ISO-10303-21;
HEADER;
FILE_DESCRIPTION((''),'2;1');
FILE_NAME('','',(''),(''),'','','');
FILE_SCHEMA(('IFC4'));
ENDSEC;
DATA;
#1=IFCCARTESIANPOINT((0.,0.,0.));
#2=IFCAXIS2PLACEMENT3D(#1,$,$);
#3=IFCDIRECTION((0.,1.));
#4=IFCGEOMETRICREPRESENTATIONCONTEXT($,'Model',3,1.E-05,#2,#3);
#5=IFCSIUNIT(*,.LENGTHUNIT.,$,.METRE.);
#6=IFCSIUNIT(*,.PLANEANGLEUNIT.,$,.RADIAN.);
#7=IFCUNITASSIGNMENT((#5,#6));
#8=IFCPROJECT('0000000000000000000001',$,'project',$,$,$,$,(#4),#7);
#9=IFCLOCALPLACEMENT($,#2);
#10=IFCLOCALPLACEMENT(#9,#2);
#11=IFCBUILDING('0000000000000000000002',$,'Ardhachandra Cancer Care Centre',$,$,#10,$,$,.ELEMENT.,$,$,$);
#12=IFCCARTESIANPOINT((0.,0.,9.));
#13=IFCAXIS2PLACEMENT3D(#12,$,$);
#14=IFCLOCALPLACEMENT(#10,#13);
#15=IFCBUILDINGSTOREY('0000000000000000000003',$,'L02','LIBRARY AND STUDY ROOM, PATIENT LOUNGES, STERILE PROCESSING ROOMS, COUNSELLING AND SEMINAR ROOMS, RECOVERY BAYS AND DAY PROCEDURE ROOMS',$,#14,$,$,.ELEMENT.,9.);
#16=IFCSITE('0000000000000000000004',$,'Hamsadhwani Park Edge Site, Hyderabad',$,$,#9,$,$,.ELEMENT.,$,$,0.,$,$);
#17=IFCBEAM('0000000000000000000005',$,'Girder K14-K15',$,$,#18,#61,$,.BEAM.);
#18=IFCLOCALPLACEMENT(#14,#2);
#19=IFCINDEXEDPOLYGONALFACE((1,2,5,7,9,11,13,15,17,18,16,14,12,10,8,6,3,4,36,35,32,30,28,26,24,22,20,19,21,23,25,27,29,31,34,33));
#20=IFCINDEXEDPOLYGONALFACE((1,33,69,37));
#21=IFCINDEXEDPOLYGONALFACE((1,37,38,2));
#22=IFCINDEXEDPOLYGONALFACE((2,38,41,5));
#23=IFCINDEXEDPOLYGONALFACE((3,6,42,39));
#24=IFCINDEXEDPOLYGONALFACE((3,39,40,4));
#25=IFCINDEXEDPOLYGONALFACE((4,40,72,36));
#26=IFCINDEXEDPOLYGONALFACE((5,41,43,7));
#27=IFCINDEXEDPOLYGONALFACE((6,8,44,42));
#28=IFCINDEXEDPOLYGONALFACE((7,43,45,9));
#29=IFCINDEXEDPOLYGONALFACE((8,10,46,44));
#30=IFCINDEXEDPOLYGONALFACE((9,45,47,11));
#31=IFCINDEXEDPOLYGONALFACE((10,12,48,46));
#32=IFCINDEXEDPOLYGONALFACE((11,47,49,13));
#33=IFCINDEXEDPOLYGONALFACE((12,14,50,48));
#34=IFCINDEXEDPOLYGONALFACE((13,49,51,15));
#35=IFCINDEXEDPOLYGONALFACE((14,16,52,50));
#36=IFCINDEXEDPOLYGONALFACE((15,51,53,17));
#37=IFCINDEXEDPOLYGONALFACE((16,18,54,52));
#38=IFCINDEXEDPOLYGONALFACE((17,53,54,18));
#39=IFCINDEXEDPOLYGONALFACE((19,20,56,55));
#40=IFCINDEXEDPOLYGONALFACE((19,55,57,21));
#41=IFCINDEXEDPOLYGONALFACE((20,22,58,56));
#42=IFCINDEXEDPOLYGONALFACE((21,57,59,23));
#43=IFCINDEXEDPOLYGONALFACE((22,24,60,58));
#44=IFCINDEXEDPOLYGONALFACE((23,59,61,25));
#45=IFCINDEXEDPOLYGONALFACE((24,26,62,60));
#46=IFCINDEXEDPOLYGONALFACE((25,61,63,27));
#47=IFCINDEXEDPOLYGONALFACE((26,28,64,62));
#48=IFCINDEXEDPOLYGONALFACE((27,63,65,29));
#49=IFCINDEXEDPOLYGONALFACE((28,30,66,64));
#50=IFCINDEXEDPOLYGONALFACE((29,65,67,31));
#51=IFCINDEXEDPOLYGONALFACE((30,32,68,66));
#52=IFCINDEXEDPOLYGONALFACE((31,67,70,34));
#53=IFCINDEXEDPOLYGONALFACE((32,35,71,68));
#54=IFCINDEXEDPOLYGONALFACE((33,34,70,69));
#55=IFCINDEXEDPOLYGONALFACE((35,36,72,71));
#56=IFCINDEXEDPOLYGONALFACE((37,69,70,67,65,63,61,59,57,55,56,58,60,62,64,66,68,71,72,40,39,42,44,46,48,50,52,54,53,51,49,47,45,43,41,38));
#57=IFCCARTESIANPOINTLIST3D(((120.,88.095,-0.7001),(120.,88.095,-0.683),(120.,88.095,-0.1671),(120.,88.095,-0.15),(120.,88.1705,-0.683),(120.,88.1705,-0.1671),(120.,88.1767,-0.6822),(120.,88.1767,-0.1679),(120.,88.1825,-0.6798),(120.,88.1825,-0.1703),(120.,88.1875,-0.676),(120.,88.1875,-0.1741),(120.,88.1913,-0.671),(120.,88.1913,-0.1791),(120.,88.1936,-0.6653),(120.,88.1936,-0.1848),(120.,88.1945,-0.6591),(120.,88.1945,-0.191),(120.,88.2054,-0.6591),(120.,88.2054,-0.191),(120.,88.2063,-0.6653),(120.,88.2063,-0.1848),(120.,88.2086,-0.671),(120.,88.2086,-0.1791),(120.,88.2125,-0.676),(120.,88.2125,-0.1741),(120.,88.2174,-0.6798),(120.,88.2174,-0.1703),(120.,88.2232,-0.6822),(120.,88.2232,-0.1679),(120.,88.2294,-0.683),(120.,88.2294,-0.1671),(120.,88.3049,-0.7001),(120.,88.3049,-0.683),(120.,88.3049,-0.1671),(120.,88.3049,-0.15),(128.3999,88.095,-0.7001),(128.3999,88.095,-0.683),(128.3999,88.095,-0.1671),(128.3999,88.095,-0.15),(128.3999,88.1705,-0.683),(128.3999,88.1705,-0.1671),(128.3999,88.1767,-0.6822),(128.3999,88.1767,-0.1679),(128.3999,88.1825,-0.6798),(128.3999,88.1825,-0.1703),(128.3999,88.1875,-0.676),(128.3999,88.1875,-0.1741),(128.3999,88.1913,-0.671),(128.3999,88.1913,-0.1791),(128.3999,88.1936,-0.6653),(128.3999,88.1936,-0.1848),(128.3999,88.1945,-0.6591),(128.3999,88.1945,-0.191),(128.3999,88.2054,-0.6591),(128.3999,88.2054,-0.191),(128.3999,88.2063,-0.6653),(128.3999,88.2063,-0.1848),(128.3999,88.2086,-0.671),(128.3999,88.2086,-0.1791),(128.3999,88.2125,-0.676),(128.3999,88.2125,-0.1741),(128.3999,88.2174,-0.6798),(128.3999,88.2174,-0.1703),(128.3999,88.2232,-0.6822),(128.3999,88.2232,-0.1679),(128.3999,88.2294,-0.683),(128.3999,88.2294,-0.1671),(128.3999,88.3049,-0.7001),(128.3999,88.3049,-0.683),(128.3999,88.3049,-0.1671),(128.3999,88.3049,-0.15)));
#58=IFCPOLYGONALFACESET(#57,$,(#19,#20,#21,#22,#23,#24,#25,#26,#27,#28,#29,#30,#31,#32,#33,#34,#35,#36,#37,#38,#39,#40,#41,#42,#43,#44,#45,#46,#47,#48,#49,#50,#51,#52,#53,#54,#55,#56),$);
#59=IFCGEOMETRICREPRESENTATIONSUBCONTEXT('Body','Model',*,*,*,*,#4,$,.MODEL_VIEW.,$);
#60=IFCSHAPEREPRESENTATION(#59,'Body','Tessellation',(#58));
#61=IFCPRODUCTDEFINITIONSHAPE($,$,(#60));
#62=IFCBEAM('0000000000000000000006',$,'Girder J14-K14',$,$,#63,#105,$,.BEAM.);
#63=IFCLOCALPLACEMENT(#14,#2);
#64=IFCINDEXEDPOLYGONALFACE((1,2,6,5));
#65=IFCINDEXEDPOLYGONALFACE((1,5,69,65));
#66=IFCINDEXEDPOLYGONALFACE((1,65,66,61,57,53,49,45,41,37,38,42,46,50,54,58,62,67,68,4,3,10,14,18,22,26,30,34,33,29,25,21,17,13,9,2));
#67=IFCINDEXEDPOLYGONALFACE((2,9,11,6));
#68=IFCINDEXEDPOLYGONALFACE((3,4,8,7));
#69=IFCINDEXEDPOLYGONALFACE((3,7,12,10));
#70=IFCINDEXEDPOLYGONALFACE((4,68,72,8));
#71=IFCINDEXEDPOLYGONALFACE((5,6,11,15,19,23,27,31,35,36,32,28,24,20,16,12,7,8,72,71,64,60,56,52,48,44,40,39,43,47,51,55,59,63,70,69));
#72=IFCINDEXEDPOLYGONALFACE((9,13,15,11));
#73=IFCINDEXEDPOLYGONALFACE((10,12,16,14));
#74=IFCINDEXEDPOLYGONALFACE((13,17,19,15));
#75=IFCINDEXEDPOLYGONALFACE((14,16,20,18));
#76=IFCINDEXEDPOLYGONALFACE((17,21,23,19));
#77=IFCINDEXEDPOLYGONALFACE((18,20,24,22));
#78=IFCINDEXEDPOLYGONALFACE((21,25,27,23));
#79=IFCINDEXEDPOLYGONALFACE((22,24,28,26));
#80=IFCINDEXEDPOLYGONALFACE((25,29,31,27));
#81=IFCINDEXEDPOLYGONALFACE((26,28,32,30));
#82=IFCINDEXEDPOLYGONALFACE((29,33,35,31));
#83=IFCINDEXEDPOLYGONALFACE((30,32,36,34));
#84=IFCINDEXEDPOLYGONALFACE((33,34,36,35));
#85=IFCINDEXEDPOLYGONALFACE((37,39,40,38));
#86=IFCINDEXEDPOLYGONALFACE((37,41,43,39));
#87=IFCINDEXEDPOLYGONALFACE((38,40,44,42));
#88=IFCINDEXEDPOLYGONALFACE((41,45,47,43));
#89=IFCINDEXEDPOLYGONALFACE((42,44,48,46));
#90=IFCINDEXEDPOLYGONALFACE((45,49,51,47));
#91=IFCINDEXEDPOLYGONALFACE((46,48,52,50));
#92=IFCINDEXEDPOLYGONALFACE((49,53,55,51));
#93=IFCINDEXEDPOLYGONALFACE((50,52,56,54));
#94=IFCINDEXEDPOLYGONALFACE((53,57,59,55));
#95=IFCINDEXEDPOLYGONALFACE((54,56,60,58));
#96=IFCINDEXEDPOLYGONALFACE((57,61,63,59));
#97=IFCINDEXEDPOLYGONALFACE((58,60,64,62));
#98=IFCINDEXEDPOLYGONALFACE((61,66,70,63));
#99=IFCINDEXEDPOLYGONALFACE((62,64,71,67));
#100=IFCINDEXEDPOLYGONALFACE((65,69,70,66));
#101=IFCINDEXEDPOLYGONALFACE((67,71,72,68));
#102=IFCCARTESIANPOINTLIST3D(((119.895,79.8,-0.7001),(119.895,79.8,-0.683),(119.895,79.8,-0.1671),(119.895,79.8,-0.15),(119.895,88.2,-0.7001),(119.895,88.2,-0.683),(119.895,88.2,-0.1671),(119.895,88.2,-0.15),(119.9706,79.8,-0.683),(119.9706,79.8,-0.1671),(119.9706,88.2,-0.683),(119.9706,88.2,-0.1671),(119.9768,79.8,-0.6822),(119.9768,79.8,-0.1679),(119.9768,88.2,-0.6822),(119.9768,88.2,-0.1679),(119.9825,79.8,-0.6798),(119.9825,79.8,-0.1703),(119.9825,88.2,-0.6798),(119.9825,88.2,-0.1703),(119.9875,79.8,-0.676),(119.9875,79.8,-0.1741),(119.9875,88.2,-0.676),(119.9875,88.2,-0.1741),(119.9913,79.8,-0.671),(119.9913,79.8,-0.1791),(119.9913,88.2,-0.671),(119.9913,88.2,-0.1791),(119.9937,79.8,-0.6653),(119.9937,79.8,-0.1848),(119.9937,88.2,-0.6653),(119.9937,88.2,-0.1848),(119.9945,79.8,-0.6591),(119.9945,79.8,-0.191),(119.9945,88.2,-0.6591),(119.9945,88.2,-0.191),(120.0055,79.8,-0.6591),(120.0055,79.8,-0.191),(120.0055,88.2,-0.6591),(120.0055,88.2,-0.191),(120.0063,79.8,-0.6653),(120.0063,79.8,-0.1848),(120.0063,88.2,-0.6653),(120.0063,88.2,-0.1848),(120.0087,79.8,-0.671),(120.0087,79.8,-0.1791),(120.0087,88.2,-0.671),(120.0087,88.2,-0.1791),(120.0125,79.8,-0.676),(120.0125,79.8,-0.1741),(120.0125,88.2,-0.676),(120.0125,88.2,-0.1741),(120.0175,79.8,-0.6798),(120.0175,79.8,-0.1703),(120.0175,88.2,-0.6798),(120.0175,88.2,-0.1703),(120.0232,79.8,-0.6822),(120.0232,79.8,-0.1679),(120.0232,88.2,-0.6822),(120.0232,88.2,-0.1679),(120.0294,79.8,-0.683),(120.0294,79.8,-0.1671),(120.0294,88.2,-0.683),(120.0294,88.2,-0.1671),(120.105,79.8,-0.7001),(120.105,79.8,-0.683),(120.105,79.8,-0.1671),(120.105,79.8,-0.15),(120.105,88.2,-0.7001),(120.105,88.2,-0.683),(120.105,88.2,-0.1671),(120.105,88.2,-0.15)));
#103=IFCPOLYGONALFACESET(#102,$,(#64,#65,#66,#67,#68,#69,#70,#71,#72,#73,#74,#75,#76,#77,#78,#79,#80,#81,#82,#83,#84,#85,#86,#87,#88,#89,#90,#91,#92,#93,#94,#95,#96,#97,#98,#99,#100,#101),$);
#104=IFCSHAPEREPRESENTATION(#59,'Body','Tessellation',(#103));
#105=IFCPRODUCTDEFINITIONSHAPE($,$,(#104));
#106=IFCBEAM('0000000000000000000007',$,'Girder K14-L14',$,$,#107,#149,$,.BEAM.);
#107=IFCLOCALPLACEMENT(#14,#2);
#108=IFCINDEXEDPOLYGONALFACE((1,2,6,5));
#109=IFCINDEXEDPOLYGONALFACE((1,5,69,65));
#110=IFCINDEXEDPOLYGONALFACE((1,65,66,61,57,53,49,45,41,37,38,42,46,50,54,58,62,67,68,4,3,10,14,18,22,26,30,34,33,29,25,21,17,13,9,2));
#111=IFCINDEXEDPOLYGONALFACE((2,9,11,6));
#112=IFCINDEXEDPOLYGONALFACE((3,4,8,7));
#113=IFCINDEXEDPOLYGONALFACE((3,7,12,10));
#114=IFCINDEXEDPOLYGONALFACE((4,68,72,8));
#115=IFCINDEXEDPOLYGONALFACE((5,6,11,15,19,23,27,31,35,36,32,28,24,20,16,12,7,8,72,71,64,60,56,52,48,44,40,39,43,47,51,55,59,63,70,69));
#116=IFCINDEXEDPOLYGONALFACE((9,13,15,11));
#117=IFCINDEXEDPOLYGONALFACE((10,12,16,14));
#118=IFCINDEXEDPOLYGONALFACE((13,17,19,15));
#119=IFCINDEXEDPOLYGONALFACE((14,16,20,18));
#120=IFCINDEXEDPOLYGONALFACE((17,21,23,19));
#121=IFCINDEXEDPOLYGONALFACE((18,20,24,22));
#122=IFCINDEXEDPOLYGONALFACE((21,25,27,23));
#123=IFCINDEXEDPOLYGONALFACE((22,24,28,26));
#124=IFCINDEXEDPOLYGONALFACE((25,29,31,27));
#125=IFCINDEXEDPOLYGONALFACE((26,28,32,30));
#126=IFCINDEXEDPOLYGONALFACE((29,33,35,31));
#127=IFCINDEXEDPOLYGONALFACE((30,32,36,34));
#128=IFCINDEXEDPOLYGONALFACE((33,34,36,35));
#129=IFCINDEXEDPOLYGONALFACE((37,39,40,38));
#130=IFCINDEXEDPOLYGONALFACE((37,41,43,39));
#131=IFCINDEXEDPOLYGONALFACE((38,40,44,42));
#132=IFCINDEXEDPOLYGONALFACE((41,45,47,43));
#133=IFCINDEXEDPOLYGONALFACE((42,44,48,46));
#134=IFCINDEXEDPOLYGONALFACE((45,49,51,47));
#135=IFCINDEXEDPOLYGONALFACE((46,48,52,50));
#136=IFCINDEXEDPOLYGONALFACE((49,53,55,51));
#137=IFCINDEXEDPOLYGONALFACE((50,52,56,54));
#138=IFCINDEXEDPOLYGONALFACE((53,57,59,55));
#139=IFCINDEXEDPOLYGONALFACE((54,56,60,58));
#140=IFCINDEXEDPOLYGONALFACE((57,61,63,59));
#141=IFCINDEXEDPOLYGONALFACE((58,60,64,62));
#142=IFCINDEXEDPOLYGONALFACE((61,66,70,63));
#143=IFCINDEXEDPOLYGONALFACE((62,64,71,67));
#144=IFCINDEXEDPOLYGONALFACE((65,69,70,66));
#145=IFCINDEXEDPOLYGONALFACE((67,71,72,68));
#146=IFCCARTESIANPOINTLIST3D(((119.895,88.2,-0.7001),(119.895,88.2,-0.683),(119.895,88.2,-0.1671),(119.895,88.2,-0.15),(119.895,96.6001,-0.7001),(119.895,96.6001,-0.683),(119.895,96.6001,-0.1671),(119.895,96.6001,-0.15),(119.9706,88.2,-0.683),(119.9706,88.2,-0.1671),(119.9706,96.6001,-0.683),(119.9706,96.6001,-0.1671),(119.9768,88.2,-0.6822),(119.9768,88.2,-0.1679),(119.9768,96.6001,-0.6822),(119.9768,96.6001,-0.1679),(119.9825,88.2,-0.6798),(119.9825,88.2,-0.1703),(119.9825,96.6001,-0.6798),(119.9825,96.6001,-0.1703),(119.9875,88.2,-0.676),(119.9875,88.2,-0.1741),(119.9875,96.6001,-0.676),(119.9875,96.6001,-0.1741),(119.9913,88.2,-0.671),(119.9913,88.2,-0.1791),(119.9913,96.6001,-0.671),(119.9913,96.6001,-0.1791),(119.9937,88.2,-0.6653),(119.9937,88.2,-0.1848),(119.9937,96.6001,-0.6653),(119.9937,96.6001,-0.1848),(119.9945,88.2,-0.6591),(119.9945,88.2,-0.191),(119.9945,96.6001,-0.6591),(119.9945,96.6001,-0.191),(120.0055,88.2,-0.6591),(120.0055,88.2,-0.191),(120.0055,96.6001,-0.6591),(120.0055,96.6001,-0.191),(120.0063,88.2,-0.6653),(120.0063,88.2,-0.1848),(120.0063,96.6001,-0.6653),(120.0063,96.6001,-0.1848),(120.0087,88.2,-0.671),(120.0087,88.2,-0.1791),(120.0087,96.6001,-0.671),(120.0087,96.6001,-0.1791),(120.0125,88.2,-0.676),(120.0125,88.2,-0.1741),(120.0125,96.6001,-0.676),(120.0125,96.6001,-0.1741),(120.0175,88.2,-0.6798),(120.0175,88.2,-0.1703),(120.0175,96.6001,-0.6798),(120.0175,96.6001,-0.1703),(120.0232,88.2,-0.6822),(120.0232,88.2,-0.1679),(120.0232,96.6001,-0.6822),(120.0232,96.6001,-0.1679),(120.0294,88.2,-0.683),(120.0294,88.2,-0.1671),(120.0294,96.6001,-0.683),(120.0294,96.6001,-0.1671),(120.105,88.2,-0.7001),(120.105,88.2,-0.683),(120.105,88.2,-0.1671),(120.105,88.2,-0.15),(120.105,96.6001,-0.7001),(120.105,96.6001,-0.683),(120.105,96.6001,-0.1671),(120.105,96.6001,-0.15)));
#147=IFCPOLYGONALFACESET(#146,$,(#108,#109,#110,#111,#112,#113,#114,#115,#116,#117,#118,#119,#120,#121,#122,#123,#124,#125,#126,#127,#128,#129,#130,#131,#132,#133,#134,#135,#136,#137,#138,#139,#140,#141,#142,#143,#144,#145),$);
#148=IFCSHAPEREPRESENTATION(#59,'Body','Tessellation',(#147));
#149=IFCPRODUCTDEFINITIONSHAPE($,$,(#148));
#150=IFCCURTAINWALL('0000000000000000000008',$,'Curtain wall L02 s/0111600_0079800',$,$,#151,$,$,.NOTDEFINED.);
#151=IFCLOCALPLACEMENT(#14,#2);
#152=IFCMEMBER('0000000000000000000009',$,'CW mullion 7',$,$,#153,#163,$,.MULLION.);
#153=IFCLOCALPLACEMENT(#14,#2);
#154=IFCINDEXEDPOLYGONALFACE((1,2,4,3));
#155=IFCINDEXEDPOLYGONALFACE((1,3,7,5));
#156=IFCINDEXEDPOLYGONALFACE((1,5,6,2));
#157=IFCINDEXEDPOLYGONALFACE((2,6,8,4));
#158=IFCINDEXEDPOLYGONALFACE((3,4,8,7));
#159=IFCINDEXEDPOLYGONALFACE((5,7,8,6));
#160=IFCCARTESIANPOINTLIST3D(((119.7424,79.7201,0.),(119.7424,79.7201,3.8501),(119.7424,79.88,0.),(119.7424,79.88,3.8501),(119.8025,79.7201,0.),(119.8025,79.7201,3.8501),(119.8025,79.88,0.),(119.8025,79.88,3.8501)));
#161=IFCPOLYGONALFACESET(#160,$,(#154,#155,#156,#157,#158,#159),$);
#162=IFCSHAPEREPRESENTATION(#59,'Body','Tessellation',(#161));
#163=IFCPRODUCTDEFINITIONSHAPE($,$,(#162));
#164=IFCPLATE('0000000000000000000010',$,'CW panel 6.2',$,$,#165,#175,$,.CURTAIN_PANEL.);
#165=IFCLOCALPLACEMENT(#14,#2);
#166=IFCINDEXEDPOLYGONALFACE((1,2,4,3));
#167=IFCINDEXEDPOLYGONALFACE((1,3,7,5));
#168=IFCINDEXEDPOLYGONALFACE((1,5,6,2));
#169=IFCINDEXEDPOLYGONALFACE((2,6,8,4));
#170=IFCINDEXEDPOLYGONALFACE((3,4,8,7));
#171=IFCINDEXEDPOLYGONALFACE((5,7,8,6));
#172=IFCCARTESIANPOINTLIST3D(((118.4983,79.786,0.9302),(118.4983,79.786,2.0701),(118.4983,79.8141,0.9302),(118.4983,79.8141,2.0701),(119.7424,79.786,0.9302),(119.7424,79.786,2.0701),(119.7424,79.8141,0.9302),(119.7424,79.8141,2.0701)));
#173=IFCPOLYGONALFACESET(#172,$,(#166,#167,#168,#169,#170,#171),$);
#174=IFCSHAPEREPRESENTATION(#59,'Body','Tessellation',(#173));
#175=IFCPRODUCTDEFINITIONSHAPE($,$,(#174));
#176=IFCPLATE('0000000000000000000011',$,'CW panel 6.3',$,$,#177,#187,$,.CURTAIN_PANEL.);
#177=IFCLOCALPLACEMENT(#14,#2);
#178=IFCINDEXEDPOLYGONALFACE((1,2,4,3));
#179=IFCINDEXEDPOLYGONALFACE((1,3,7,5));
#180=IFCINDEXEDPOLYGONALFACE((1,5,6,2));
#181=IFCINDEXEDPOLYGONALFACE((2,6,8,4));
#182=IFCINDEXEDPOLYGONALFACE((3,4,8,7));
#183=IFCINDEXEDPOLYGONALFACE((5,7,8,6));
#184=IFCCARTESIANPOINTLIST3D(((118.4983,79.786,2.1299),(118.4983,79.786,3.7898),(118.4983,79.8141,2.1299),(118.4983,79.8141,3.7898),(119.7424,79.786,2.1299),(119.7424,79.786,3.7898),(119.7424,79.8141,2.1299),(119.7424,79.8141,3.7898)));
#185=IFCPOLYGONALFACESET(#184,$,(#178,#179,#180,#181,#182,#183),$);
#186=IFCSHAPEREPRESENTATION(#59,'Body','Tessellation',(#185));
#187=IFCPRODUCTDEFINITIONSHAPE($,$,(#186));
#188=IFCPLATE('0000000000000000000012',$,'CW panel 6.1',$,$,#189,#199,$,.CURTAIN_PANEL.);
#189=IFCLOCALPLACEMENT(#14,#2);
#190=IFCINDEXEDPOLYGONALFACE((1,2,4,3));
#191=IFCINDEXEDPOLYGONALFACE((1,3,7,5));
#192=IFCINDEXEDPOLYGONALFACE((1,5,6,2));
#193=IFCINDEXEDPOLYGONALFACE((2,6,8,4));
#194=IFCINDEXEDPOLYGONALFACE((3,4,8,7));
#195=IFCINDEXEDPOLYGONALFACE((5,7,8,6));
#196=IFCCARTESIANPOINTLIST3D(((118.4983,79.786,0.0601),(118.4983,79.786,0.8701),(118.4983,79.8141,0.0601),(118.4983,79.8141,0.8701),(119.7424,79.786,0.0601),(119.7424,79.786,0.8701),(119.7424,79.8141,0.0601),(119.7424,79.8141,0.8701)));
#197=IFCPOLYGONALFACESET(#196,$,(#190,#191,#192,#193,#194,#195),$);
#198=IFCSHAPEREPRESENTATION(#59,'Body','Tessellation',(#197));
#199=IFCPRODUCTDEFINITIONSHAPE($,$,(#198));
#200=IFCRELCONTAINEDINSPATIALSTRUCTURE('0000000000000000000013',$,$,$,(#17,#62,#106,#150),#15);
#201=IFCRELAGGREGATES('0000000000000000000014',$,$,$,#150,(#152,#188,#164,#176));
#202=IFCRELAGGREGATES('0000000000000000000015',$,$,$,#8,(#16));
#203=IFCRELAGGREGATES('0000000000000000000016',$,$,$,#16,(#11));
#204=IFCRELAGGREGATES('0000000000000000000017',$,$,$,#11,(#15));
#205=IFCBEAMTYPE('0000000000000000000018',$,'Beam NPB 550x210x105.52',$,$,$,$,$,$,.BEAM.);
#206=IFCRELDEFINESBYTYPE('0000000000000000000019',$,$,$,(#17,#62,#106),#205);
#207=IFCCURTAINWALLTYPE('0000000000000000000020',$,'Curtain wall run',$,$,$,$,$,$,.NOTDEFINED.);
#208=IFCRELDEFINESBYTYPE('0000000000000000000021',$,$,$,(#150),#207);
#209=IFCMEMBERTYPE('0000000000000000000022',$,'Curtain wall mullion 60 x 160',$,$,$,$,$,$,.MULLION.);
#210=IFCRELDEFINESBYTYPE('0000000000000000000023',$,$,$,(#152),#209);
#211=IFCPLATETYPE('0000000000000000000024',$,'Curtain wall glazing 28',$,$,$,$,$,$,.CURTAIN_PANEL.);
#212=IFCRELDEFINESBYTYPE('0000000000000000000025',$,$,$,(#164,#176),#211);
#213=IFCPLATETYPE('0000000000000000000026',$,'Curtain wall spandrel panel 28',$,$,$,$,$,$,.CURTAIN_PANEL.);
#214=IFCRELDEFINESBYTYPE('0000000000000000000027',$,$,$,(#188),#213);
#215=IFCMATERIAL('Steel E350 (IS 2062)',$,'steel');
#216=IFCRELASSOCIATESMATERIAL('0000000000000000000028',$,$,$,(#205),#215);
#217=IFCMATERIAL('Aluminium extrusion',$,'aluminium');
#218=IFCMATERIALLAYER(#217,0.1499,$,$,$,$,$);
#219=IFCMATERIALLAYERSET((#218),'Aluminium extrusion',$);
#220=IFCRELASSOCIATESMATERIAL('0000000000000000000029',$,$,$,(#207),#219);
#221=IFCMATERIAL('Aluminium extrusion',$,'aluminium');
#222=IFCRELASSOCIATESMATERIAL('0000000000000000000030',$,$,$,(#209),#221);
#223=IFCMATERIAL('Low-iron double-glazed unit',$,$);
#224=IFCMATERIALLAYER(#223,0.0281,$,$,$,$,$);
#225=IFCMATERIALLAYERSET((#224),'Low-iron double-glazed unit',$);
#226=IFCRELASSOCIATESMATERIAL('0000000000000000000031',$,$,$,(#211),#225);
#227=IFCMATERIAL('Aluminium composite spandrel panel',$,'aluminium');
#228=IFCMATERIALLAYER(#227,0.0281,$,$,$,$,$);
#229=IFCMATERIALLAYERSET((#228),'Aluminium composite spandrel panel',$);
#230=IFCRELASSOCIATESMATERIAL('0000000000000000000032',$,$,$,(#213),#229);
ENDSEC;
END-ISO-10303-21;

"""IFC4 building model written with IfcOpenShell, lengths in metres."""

from ifc_helpers import new_model, si_unit, direction, frame, origin, origin_2d, place, context, subcontext, project, spatial, rectangle, i_section, extrude, material, layer, layer_set, material_profile, profile_set, type_object, element, aggregate, save


model = new_model("IFC4")

# Units and contexts
model_context = context("Model", 3, precision=1e-05, world=origin(), true_north=direction((0.0, 1.0)))
body_context = subcontext(model_context, "Body", "Model", "MODEL_VIEW")
ifc_project = project(units=[si_unit("LENGTHUNIT", "METRE"), si_unit("PLANEANGLEUNIT", "RADIAN")], contexts=[model_context])

# Site, building, storey
site_placement = place(None, origin())
site = spatial("IfcSite", under=ifc_project, at=site_placement, Name="Hamsadhwani Park Edge Site, Hyderabad", CompositionType="ELEMENT", RefElevation=0.0)
building_placement = place(site_placement, origin())
building = spatial("IfcBuilding", under=site, at=building_placement, Name="Ardhachandra Cancer Care Centre", CompositionType="ELEMENT")
storey_placement = place(building_placement, frame((0.0, 0.0, 9.0)))
storey = spatial("IfcBuildingStorey", under=building, at=storey_placement, Name="L02", Description="LIBRARY AND STUDY ROOM, PATIENT LOUNGES, STERILE PROCESSING ROOMS, COUNSELLING AND SEMINAR ROOMS, RECOVERY BAYS AND DAY PROCEDURE ROOMS", CompositionType="ELEMENT", Elevation=9.0)

# Beams
ifc_material_1 = material(Name="Steel E350 (IS 2062)", Category="steel")
ifc_material_profile_1 = material_profile(ifc_material_1, i_section(OverallWidth=0.21, OverallDepth=0.55, WebThickness=0.011, FlangeThickness=0.0171, FilletRadius=0.0239, at=origin_2d()), Name="NPB 550x210x105.52")
ifc_profile_set_1 = profile_set([ifc_material_profile_1], Name="Steel E350 (IS 2062)")
beam_type_1 = type_object("IfcBeamType", Name="Beam NPB 550x210x105.52", PredefinedType="BEAM", material=ifc_profile_set_1)
for number, where, z_axis, x_axis, name in (
    (1, (120.0, 88.2, -0.425), (1.0, 0.0, 0.0), (0.0, 1.0, 0.0), "Girder K14-K15"),
    (2, (120.0, 79.8, -0.425), (0.0, 1.0, 0.0), (-1.0, 0.0, 0.0), "Girder J14-K14"),
):
    element("IfcBeam", number, at=place(storey_placement, frame(where, z_axis=z_axis, x_axis=x_axis)), inside=storey, type_object=beam_type_1, Name=name, PredefinedType="BEAM", context=body_context, shape_type="SweptSolid", body=[
        extrude(i_section(OverallWidth=0.21, OverallDepth=0.55, WebThickness=0.011, FlangeThickness=0.0171, FilletRadius=0.0239, at=origin_2d()), origin(), (0.0, 0.0, 1.0), 8.3999),
    ])
beam_1_placement = place(storey_placement, frame((120.0, 88.2, -0.425), z_axis=(0.0, 1.0, 0.0), x_axis=(-1.0, 0.0, 0.0)))
element("IfcBeam", 3, at=beam_1_placement, inside=storey, type_object=beam_type_1, Name="Girder K14-L14", PredefinedType="BEAM", context=body_context, shape_type="SweptSolid", body=[
    extrude(i_section(OverallWidth=0.21, OverallDepth=0.55, WebThickness=0.011, FlangeThickness=0.0171, FilletRadius=0.0239, at=origin_2d()), origin(), (0.0, 0.0, 1.0), 8.4001),
])

# Curtain wall, member, plates
ifc_material_2 = material(Name="Aluminium extrusion", Category="aluminium")
ifc_layer_1 = layer(ifc_material_2, 0.1499)
ifc_layer_set_1 = layer_set([ifc_layer_1], Name="Aluminium extrusion")
curtain_wall_type = type_object("IfcCurtainWallType", Name="Curtain wall run", PredefinedType="NOTDEFINED", material=ifc_layer_set_1)
curtain_wall_placement = place(storey_placement, origin())
curtain_wall = element("IfcCurtainWall", 4, at=curtain_wall_placement, inside=storey, type_object=curtain_wall_type, Name="Curtain wall L02 s/0111600_0079800", PredefinedType="NOTDEFINED")
ifc_material_3 = material(Name="Aluminium extrusion", Category="aluminium")
ifc_material_profile_2 = material_profile(ifc_material_3, rectangle(XDim=0.1599, YDim=0.0601, at=origin_2d()), Name="Curtain wall mullion 60 x 160")
ifc_profile_set_2 = profile_set([ifc_material_profile_2], Name="Aluminium extrusion")
member_type = type_object("IfcMemberType", Name="Curtain wall mullion 60 x 160", PredefinedType="MULLION", material=ifc_profile_set_2)
member_placement = place(storey_placement, frame((119.7725, 79.8, 0.0), z_axis=(0.0, 0.0, 1.0), x_axis=(0.0, 1.0, 0.0)))
member = element("IfcMember", 5, at=member_placement, type_object=member_type, Name="CW mullion 7", PredefinedType="MULLION", context=body_context, shape_type="SweptSolid", body=[
    extrude(rectangle(XDim=0.1599, YDim=0.0601, at=origin_2d()), origin(), (0.0, 0.0, 1.0), 3.8501),
])
ifc_material_4 = material(Name="Low-iron double-glazed unit")
ifc_layer_2 = layer(ifc_material_4, 0.0281)
ifc_layer_set_2 = layer_set([ifc_layer_2], Name="Low-iron double-glazed unit")
plate_type_1 = type_object("IfcPlateType", Name="Curtain wall glazing 28", PredefinedType="CURTAIN_PANEL", material=ifc_layer_set_2)
plate_1_placement = place(storey_placement, frame((119.1204, 79.8, 0.9302), z_axis=(0.0, 0.0, 1.0), x_axis=(1.0, 0.0, 0.0)))
plate_1 = element("IfcPlate", 6, at=plate_1_placement, type_object=plate_type_1, Name="CW panel 6.2", PredefinedType="CURTAIN_PANEL", context=body_context, shape_type="SweptSolid", body=[
    extrude(rectangle(XDim=1.2441, YDim=0.0281, at=origin_2d()), origin(), (0.0, 0.0, 1.0), 1.1399),
])
plate_2_placement = place(storey_placement, frame((119.1204, 79.8, 2.1299), z_axis=(0.0, 0.0, 1.0), x_axis=(1.0, 0.0, 0.0)))
plate_2 = element("IfcPlate", 7, at=plate_2_placement, type_object=plate_type_1, Name="CW panel 6.3", PredefinedType="CURTAIN_PANEL", context=body_context, shape_type="SweptSolid", body=[
    extrude(rectangle(XDim=1.2441, YDim=0.0281, at=origin_2d()), origin(), (0.0, 0.0, 1.0), 1.6599),
])
ifc_material_5 = material(Name="Aluminium composite spandrel panel", Category="aluminium")
ifc_layer_3 = layer(ifc_material_5, 0.0281)
ifc_layer_set_3 = layer_set([ifc_layer_3], Name="Aluminium composite spandrel panel")
plate_type_2 = type_object("IfcPlateType", Name="Curtain wall spandrel panel 28", PredefinedType="CURTAIN_PANEL", material=ifc_layer_set_3)
plate_3_placement = place(storey_placement, frame((119.1204, 79.8, 0.0601), z_axis=(0.0, 0.0, 1.0), x_axis=(1.0, 0.0, 0.0)))
plate_3 = element("IfcPlate", 8, at=plate_3_placement, type_object=plate_type_2, Name="CW panel 6.1", PredefinedType="CURTAIN_PANEL", context=body_context, shape_type="SweptSolid", body=[
    extrude(rectangle(XDim=1.2441, YDim=0.0281, at=origin_2d()), origin(), (0.0, 0.0, 1.0), 0.8101),
])
aggregate(curtain_wall, [member, plate_3, plate_1, plate_2])

save(model, "model.ifc")
